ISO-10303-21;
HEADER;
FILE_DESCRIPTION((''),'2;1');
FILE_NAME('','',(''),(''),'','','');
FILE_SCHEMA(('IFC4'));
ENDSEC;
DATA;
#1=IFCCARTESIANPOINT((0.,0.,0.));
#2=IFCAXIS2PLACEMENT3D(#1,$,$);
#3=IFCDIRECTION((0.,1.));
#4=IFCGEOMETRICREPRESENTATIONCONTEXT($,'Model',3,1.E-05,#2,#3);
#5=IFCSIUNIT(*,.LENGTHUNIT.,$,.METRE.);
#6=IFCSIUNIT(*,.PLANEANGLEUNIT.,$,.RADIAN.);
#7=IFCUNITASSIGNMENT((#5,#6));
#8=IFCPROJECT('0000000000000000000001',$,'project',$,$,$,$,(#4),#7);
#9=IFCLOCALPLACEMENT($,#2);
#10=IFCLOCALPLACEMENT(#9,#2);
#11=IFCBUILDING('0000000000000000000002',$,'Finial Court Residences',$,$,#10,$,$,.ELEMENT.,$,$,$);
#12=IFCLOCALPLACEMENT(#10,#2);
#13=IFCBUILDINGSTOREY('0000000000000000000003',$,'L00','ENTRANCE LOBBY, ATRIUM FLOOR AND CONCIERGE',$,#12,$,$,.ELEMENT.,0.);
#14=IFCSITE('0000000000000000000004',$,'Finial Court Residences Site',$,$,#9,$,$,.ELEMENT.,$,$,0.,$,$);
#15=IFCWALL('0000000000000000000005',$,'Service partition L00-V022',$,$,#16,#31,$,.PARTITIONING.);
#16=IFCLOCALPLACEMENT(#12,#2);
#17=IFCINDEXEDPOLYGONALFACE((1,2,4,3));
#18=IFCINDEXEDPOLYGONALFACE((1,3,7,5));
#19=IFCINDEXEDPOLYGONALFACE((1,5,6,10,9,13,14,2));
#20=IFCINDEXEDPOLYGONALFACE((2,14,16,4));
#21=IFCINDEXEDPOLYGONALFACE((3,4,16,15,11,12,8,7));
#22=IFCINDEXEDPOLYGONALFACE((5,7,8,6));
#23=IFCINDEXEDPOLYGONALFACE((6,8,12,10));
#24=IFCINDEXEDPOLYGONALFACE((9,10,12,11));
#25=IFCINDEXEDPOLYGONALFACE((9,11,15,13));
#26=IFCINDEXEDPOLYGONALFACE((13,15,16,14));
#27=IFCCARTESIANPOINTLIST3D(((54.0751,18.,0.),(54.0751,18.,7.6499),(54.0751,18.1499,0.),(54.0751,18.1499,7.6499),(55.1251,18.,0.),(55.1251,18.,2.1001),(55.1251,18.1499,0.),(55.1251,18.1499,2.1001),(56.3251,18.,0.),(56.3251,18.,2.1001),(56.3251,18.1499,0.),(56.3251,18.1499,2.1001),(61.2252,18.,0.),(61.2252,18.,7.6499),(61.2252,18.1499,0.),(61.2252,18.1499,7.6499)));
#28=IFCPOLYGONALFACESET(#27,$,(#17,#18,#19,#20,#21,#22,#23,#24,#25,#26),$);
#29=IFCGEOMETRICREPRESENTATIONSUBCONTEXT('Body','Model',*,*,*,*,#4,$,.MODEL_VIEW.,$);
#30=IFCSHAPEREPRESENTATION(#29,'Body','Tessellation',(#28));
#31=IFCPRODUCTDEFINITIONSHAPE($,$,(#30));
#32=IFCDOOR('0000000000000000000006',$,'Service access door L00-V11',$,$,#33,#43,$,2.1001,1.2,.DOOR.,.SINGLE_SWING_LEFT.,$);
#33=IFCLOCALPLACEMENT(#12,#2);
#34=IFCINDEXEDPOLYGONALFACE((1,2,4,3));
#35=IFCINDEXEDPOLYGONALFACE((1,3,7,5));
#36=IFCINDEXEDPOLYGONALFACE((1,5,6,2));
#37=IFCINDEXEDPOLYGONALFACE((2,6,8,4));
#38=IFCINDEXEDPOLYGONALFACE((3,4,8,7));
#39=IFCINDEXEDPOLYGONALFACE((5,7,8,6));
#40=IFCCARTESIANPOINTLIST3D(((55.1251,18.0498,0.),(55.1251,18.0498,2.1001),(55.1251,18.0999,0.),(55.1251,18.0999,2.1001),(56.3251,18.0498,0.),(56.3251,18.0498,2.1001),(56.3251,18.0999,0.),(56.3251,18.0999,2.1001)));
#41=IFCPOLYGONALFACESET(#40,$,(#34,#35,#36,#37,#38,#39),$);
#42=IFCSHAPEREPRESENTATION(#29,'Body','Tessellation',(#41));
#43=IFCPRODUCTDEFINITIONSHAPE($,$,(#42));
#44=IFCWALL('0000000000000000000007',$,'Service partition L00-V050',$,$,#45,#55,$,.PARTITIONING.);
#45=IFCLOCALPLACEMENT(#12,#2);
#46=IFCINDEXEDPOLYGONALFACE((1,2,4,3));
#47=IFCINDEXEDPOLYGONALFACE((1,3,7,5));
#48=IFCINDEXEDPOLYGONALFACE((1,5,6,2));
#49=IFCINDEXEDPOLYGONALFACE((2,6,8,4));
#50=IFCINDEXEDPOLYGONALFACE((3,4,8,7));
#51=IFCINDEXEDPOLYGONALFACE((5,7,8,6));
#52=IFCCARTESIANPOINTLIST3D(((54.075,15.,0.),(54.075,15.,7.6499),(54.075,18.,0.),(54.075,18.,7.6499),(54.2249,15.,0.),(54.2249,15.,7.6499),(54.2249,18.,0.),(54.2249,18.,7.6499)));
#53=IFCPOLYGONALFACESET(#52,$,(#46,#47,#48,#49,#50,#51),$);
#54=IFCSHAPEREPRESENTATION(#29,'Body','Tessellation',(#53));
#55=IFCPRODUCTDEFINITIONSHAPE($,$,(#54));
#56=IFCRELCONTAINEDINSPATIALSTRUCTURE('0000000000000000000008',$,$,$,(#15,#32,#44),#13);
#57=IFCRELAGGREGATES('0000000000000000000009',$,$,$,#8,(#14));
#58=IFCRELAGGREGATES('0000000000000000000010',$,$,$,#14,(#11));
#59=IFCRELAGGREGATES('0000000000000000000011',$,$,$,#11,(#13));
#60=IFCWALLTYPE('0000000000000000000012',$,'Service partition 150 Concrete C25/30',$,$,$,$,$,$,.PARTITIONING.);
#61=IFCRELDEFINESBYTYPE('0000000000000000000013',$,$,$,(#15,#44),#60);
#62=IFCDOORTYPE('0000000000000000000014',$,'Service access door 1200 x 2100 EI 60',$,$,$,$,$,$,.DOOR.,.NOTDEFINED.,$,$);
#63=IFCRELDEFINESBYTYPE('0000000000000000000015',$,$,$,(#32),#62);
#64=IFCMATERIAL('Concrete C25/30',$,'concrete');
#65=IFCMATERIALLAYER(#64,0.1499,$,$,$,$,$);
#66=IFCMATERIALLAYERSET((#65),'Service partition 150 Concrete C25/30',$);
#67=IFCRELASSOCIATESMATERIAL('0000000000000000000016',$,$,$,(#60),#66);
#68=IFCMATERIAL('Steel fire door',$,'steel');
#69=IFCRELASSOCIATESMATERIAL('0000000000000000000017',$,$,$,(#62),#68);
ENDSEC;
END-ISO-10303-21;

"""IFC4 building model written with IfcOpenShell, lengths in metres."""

from ifc_helpers import new_model, si_unit, direction, frame, frame_2d, origin, place, context, subcontext, project, spatial, rectangle, extrude, material, layer, layer_set, type_object, element, fill, save


model = new_model("IFC4")

# Units and contexts
model_context = context("Model", 3, precision=1e-05, world=origin(), true_north=direction((0.0, 1.0)))
body_context = subcontext(model_context, "Body", "Model", "MODEL_VIEW")
ifc_project = project(units=[si_unit("LENGTHUNIT", "METRE"), si_unit("PLANEANGLEUNIT", "RADIAN")], contexts=[model_context])

# Site, building, storey
site_placement = place(None, origin())
site = spatial("IfcSite", under=ifc_project, at=site_placement, Name="Finial Court Residences Site", CompositionType="ELEMENT", RefElevation=0.0)
building_placement = place(site_placement, origin())
building = spatial("IfcBuilding", under=site, at=building_placement, Name="Finial Court Residences", CompositionType="ELEMENT")
storey_placement = place(building_placement, origin())
storey = spatial("IfcBuildingStorey", under=building, at=storey_placement, Name="L00", Description="ENTRANCE LOBBY, ATRIUM FLOOR AND CONCIERGE", CompositionType="ELEMENT", Elevation=0.0)

# Shared definitions
ifc_material_1 = material(Name="Concrete C25/30", Category="concrete")
ifc_layer_1 = layer(ifc_material_1, 0.1499)
ifc_layer_set_1 = layer_set([ifc_layer_1], Name="Service partition 150 Concrete C25/30")
wall_type_1 = type_object("IfcWallType", Name="Service partition 150 Concrete C25/30", PredefinedType="PARTITIONING", material=ifc_layer_set_1)

# Wall, opening, door
wall_1_placement = place(storey_placement, frame((54.075, 18.075, 0.0), z_axis=(0.0, 0.0, 1.0), x_axis=(1.0, 0.0, 0.0)))
wall_1 = element("IfcWall", 1, at=wall_1_placement, inside=storey, type_object=wall_type_1, Name="Service partition L00-V022", PredefinedType="PARTITIONING", context=body_context, shape_type="SweptSolid", body=[
    extrude(rectangle(XDim=7.1501, YDim=0.1499, at=frame_2d((3.5752, 0.0))), origin(), (0.0, 0.0, 1.0), 7.6499),
])
opening_1_placement = place(wall_1_placement, frame((1.05, 0.0, 0.0)))
opening_1 = element("IfcOpeningElement", 2, at=opening_1_placement, cuts=wall_1, PredefinedType="OPENING", context=body_context, shape_type="SweptSolid", body=[
    extrude(rectangle(XDim=1.2, YDim=2.1001, at=frame_2d((0.6001, 1.05))), frame((0.0, 0.085, 0.0), z_axis=(0.0, -1.0, 0.0), x_axis=(1.0, 0.0, 0.0)), (0.0, 0.0, 1.0), 0.1699),
])
ifc_material_2 = material(Name="Steel fire door", Category="steel")
door_type_1 = type_object("IfcDoorType", Name="Service access door 1200 x 2100 EI 60", OperationType="NOTDEFINED", PredefinedType="DOOR", material=ifc_material_2)
door_1_placement = place(opening_1_placement, origin())
door_1 = element("IfcDoor", 3, at=door_1_placement, inside=storey, type_object=door_type_1, Name="Service access door L00-V11", OperationType="SINGLE_SWING_LEFT", OverallHeight=2.1001, OverallWidth=1.2, PredefinedType="DOOR", context=body_context, shape_type="SweptSolid", body=[
    extrude(rectangle(XDim=1.2, YDim=2.1001, at=frame_2d((0.6001, 1.05))), frame((0.0, 0.0249, 0.0), z_axis=(0.0, -1.0, 0.0), x_axis=(1.0, 0.0, 0.0)), (0.0, 0.0, 1.0), 0.05),
])
fill(opening_1, door_1)

# Wall
wall_2_placement = place(storey_placement, frame((54.1499, 15.0, 0.0), z_axis=(0.0, 0.0, 1.0), x_axis=(0.0, 1.0, 0.0)))
element("IfcWall", 4, at=wall_2_placement, inside=storey, type_object=wall_type_1, Name="Service partition L00-V050", PredefinedType="PARTITIONING", context=body_context, shape_type="SweptSolid", body=[
    extrude(rectangle(XDim=3.0, YDim=0.1499, at=frame_2d((1.5, 0.0))), origin(), (0.0, 0.0, 1.0), 7.6499),
])

save(model, "model.ifc")
